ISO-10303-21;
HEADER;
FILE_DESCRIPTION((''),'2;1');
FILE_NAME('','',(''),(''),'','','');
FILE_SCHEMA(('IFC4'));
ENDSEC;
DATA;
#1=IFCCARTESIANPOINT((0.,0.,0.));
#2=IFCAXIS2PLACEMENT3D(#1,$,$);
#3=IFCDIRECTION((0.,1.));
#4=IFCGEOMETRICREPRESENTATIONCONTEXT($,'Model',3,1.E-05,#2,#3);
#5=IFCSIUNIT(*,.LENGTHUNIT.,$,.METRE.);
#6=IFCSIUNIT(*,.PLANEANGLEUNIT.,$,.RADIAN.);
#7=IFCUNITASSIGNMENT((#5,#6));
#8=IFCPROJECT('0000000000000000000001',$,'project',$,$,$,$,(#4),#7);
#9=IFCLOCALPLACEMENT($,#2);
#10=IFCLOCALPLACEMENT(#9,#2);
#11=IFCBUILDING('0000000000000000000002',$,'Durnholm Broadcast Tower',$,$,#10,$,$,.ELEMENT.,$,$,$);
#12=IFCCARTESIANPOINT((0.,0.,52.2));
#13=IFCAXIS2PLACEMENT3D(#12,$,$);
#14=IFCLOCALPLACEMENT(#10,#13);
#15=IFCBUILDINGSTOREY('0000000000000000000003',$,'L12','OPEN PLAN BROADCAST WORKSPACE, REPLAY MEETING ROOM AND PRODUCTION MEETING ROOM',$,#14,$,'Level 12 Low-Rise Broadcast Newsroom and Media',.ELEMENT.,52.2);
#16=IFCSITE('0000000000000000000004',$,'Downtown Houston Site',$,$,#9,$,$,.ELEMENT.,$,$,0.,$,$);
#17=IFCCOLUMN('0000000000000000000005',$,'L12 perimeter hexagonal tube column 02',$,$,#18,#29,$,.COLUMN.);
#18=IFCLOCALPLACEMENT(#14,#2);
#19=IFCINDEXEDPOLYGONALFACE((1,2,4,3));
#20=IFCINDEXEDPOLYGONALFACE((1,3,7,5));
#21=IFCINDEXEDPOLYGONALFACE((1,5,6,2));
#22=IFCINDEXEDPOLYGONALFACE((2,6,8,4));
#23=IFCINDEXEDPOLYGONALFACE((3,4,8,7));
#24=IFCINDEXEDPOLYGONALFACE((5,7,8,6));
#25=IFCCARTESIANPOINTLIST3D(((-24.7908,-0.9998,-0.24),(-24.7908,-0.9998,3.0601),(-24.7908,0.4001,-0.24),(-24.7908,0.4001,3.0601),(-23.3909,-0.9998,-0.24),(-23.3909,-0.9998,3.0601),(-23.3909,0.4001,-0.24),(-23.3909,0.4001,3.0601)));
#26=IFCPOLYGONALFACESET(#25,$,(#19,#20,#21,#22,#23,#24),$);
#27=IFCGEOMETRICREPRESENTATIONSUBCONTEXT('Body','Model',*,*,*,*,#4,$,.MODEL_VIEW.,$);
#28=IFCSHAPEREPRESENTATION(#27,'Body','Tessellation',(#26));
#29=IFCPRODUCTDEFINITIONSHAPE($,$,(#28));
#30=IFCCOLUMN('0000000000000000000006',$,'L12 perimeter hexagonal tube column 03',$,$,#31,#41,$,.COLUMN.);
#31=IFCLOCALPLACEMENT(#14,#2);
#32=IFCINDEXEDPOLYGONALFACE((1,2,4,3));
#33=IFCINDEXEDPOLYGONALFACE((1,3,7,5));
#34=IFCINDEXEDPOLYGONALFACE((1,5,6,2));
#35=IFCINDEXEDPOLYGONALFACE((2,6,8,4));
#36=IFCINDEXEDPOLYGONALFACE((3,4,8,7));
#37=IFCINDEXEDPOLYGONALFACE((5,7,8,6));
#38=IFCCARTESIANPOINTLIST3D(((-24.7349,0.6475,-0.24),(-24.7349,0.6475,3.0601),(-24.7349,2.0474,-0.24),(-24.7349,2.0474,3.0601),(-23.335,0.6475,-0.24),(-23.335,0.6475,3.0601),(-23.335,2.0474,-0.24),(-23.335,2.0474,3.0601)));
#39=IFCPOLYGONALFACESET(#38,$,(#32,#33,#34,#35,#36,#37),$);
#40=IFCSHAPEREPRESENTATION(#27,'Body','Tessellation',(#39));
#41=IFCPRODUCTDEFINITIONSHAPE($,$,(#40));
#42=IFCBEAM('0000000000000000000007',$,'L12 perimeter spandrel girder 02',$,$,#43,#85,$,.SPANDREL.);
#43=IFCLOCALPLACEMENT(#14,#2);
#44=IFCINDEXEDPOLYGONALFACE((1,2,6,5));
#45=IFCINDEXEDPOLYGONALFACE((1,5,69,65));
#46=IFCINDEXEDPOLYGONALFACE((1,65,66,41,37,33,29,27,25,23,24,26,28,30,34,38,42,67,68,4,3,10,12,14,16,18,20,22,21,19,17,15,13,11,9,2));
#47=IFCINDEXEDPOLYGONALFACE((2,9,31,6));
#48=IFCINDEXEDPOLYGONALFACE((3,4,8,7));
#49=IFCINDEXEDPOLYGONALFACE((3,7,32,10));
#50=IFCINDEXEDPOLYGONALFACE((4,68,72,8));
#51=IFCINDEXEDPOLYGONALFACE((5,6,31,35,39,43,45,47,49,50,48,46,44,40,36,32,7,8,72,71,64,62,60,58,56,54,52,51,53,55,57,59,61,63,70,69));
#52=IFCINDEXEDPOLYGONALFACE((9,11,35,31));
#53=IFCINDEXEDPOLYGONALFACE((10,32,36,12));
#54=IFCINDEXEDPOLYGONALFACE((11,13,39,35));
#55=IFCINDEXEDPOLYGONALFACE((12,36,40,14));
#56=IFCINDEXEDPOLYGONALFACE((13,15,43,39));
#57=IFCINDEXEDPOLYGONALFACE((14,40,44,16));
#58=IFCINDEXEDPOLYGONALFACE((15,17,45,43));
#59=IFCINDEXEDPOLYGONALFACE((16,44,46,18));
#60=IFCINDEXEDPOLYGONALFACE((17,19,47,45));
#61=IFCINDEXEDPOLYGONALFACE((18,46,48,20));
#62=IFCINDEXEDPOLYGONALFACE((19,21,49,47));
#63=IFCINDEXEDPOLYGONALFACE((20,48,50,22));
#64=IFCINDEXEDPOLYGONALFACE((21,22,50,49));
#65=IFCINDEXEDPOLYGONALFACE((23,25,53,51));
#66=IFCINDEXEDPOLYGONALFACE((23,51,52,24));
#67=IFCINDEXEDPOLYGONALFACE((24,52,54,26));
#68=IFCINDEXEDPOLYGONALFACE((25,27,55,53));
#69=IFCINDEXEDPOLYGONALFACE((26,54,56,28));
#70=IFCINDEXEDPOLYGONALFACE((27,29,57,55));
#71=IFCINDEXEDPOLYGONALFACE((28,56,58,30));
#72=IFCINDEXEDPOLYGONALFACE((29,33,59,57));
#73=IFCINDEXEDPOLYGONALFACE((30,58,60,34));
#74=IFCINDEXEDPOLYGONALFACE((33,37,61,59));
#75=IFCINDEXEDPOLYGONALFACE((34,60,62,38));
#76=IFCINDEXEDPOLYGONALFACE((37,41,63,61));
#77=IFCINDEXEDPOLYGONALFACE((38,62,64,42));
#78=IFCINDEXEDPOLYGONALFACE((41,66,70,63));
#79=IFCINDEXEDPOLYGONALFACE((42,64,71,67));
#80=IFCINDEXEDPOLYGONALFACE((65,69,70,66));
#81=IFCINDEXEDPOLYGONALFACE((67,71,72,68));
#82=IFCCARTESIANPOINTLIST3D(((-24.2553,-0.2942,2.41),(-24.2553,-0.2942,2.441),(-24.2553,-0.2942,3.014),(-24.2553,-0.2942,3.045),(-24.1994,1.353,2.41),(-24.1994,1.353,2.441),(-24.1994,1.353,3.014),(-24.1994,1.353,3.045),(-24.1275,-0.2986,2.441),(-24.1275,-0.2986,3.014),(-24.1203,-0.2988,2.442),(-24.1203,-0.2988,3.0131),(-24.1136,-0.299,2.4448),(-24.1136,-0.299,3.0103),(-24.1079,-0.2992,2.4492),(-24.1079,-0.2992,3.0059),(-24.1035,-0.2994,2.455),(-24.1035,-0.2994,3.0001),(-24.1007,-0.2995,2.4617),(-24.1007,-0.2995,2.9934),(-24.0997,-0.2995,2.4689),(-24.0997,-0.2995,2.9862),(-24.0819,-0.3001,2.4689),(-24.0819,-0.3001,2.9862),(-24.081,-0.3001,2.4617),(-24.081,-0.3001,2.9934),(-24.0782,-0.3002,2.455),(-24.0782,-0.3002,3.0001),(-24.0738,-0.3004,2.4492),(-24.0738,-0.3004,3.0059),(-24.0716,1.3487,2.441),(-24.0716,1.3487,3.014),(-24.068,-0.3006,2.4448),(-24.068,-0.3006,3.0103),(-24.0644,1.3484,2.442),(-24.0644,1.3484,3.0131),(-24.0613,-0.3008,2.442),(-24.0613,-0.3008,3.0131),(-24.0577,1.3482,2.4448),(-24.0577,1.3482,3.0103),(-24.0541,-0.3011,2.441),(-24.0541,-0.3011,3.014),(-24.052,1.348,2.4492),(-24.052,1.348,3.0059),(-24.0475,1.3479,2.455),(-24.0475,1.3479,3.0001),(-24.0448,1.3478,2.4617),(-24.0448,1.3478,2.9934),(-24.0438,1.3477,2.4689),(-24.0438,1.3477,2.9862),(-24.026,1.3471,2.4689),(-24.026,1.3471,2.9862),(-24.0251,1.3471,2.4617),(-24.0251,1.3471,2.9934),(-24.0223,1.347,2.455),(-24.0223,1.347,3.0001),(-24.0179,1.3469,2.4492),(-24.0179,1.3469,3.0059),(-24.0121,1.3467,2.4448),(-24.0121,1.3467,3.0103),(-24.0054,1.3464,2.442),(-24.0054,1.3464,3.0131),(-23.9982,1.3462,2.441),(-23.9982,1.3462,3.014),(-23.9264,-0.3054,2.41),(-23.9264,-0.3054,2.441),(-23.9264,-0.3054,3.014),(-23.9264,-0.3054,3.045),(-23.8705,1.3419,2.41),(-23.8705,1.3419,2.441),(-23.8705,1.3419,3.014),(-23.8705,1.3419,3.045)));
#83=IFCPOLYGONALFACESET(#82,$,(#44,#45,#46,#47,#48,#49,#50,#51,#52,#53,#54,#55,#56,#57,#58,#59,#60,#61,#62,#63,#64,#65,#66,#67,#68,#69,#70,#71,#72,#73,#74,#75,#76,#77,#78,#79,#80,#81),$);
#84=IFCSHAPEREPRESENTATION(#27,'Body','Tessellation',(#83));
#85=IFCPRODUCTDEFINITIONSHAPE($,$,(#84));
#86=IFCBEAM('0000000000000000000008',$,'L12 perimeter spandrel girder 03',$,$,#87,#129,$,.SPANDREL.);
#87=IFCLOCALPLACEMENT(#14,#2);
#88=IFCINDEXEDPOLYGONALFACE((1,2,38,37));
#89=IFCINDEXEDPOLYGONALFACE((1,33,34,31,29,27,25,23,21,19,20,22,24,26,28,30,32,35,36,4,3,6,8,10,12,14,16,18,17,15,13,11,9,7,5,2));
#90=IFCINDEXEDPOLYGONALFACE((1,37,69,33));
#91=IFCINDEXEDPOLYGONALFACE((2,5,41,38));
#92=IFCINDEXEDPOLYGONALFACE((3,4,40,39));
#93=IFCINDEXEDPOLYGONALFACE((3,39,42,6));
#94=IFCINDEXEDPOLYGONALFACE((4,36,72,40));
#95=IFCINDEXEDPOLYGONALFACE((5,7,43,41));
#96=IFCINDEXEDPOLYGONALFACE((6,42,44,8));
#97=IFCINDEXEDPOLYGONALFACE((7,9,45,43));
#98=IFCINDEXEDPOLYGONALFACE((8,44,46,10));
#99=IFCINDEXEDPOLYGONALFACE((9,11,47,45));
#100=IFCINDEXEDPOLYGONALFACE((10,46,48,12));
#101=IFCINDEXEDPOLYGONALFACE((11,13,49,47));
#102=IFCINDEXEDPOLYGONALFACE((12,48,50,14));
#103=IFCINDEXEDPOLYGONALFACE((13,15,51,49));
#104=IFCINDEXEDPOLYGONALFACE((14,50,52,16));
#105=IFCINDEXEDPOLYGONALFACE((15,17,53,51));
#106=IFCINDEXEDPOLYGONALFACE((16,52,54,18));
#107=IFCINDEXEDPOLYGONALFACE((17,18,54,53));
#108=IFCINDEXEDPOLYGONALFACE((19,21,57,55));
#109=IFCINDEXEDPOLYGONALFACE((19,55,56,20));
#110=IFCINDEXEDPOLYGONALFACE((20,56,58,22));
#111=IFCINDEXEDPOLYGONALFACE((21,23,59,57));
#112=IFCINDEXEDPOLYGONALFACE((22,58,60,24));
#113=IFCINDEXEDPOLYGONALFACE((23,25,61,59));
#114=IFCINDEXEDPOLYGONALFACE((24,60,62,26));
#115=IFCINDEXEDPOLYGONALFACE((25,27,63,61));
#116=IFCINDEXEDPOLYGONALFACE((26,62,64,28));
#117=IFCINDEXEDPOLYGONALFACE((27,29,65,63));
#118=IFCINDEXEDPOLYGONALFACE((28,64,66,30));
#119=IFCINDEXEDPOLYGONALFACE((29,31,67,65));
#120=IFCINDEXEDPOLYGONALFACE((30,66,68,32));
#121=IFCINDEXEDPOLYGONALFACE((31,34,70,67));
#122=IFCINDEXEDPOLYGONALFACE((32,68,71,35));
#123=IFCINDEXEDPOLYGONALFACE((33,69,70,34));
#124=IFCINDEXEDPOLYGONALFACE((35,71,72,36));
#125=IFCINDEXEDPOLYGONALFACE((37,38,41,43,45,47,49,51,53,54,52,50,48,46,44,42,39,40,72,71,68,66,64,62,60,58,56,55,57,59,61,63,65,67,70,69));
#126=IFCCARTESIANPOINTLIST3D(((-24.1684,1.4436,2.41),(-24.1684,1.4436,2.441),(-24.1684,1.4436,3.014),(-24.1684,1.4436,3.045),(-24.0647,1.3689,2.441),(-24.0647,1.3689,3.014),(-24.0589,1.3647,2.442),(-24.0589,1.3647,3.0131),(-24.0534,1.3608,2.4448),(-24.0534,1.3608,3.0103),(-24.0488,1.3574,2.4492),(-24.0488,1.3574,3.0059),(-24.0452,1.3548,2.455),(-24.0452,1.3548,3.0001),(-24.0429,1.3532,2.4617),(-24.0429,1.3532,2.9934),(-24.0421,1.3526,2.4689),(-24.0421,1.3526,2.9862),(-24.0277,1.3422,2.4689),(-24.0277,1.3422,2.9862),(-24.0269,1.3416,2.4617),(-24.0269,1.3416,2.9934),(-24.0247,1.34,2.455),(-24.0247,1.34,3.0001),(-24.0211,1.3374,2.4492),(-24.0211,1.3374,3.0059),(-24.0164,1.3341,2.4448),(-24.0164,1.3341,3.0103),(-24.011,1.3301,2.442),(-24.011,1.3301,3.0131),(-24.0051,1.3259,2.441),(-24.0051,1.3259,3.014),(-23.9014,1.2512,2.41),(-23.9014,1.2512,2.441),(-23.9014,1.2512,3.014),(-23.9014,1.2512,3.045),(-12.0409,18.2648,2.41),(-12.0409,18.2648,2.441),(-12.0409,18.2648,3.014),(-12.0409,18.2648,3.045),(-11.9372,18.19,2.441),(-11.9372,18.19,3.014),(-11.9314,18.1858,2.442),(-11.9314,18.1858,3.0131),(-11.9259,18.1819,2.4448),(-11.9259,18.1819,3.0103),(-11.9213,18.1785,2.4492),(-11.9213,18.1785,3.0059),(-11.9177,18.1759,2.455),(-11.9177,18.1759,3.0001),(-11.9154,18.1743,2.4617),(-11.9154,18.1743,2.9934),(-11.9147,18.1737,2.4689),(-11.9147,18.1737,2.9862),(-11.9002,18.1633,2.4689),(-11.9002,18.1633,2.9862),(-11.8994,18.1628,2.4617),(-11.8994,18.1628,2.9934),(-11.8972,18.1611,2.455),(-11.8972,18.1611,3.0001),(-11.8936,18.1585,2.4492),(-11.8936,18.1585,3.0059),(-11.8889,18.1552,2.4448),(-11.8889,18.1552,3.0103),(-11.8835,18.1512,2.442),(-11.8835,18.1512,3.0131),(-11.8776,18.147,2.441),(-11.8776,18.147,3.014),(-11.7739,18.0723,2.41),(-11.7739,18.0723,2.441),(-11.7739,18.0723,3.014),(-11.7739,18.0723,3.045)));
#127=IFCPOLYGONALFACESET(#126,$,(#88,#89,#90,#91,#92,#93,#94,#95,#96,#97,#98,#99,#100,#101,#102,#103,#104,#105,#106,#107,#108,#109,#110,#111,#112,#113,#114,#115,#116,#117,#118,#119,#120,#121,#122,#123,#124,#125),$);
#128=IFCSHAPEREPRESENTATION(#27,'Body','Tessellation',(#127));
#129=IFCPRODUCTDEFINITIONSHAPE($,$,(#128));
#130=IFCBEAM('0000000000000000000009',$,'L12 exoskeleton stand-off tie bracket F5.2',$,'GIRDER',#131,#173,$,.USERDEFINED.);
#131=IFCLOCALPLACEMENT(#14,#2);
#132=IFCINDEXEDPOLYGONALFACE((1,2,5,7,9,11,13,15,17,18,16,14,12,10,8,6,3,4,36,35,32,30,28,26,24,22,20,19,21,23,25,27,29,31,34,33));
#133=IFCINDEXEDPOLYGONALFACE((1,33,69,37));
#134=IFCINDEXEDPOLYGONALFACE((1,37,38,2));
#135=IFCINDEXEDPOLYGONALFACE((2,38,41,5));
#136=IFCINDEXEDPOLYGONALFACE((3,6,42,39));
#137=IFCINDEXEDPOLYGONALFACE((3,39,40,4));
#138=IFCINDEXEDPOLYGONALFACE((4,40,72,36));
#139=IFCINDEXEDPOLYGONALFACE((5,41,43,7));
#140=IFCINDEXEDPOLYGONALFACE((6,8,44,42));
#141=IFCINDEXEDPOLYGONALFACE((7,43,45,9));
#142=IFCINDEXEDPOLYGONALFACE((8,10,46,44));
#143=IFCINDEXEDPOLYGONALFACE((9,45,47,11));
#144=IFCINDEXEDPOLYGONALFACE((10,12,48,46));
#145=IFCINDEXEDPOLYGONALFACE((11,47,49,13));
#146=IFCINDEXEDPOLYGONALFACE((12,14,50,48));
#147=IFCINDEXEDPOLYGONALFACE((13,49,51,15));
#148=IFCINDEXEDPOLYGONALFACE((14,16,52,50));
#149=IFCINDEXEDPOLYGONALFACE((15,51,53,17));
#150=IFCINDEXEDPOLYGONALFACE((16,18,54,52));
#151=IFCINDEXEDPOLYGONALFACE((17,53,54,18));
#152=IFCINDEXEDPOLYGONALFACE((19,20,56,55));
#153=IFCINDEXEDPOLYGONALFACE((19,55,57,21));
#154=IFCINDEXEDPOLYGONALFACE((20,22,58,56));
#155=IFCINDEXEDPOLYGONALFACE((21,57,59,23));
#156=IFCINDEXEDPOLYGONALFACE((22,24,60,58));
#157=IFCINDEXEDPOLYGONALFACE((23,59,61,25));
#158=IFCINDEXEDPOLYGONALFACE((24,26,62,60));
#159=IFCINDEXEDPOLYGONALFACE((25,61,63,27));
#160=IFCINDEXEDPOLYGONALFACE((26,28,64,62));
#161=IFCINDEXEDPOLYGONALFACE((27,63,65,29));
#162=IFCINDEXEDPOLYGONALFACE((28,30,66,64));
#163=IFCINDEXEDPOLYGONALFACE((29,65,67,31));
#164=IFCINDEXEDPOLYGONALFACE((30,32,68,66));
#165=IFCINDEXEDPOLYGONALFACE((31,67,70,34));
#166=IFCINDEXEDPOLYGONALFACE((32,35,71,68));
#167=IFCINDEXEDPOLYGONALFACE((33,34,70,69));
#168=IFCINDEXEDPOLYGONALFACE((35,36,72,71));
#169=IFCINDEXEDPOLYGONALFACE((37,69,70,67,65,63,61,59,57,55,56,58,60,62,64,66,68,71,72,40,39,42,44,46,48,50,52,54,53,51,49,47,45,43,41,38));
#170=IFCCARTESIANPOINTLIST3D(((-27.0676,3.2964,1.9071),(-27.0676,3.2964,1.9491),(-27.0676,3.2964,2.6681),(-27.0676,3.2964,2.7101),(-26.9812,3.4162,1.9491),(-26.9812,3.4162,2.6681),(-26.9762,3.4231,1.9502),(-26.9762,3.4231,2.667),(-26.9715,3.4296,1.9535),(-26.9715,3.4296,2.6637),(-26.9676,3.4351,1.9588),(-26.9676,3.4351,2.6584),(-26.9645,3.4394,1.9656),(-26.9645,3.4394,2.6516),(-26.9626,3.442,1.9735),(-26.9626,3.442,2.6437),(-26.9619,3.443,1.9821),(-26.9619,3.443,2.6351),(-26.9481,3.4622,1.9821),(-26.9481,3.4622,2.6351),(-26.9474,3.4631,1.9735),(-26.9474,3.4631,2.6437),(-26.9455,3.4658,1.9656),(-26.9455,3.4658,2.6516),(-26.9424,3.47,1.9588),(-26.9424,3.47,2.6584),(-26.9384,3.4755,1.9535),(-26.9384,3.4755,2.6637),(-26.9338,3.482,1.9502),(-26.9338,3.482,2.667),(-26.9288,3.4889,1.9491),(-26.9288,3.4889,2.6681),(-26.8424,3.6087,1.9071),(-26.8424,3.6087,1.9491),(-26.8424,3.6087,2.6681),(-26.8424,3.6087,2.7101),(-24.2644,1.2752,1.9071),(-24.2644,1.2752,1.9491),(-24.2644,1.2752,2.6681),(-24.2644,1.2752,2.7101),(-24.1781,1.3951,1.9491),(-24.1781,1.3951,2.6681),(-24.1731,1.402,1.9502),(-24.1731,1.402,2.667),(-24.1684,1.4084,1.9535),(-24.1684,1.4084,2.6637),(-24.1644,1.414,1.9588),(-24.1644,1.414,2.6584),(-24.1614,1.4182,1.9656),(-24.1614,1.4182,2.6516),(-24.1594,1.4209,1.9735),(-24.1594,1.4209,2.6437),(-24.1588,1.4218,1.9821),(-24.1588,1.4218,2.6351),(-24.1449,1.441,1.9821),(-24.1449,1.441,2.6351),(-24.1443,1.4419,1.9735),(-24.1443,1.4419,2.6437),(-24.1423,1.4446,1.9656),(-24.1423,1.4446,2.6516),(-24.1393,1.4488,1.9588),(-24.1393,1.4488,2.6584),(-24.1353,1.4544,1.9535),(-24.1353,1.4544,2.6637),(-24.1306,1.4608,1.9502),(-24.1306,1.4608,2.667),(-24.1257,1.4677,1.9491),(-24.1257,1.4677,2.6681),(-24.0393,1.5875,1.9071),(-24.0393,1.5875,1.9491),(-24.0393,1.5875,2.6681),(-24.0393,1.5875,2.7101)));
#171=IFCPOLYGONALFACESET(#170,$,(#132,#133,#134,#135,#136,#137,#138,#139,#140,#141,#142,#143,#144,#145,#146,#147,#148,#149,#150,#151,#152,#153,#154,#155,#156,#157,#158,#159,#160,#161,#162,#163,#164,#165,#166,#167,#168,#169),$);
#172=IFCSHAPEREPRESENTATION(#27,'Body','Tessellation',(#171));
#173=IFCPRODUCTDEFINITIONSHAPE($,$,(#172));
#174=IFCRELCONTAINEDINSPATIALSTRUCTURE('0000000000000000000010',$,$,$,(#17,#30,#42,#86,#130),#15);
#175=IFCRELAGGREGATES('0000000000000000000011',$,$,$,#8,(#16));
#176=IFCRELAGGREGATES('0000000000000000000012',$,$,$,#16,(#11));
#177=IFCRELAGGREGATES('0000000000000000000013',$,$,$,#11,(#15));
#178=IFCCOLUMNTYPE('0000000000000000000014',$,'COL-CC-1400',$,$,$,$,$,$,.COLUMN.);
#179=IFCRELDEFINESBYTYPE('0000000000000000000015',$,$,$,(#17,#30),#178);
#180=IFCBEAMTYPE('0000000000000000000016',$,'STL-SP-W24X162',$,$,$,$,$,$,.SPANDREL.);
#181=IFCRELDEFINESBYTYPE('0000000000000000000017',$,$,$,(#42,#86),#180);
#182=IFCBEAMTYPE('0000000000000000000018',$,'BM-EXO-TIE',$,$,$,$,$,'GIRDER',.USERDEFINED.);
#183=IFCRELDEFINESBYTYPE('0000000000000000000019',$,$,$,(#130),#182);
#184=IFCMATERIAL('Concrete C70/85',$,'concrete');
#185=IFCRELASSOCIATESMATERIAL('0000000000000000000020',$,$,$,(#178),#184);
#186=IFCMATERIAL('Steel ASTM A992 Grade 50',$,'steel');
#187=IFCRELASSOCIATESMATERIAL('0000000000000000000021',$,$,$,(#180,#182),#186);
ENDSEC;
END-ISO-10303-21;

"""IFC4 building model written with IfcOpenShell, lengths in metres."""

from ifc_helpers import new_model, si_unit, direction, frame, origin, origin_2d, place, context, subcontext, project, spatial, rectangle, i_section, extrude, source, transform, mapped, material, material_profile, profile_set, type_object, type_shapes, element, save


model = new_model("IFC4")

# Units and contexts
model_context = context("Model", 3, precision=1e-05, world=origin(), true_north=direction((0.0, 1.0)))
body_context = subcontext(model_context, "Body", "Model", "MODEL_VIEW")
ifc_project = project(units=[si_unit("LENGTHUNIT", "METRE"), si_unit("PLANEANGLEUNIT", "RADIAN")], contexts=[model_context])

# Site, building, storey
site_placement = place(None, origin())
site = spatial("IfcSite", under=ifc_project, at=site_placement, Name="Downtown Houston Site", CompositionType="ELEMENT", RefElevation=0.0)
building_placement = place(site_placement, origin())
building = spatial("IfcBuilding", under=site, at=building_placement, Name="Durnholm Broadcast Tower", CompositionType="ELEMENT")
storey_placement = place(building_placement, frame((0.0, 0.0, 52.2)))
storey = spatial("IfcBuildingStorey", under=building, at=storey_placement, Name="L12", Description="OPEN PLAN BROADCAST WORKSPACE, REPLAY MEETING ROOM AND PRODUCTION MEETING ROOM", LongName="Level 12 Low-Rise Broadcast Newsroom and Media", CompositionType="ELEMENT", Elevation=52.2)

# Columns
ifc_material_1 = material(Name="Concrete C70/85", Category="concrete")
ifc_material_profile_1 = material_profile(ifc_material_1, rectangle(XDim=1.3999, YDim=1.3999, at=origin_2d()), Name="RC1400X1400")
ifc_profile_set_1 = profile_set([ifc_material_profile_1], Name="Concrete C70/85")
column_type = type_object("IfcColumnType", Name="COL-CC-1400", PredefinedType="COLUMN", material=ifc_profile_set_1)
shared_shape_1 = source(origin(), body_context, "Body", "SweptSolid", [
    extrude(rectangle(XDim=1.3999, YDim=1.3999, at=origin_2d()), origin(), (0.0, 0.0, 1.0), 3.3),
])
type_shapes(column_type, [shared_shape_1])
for number, where, z_axis, x_axis, name in (
    (1, (-24.0908, -0.2998, -0.24), (0.0, 0.0, 1.0), (1.0, 0.0, 0.0), "L12 perimeter hexagonal tube column 02"),
    (2, (-24.0349, 1.3474, -0.24), (0.0, 0.0, 1.0), (1.0, 0.0, 0.0), "L12 perimeter hexagonal tube column 03"),
):
    element("IfcColumn", number, at=place(storey_placement, frame(where, z_axis=z_axis, x_axis=x_axis)), inside=storey, type_object=column_type, Name=name, PredefinedType="COLUMN", context=body_context, shape_type="MappedRepresentation", body=[
        mapped(shared_shape_1, transform((0.0, 0.0, 0.0), x_axis=(1.0, 0.0, 0.0), y_axis=(0.0, 1.0, 0.0), z_axis=(0.0, 0.0, 1.0), scale=1.0)),
    ])

# Beams
ifc_material_2 = material(Name="Steel ASTM A992 Grade 50", Category="steel")
ifc_material_profile_2 = material_profile(ifc_material_2, i_section(OverallWidth=0.3291, OverallDepth=0.635, WebThickness=0.0178, FlangeThickness=0.031, FilletRadius=0.0278, at=origin_2d()), Name="W24X162")
ifc_profile_set_2 = profile_set([ifc_material_profile_2], Name="Steel ASTM A992 Grade 50")
beam_type_1 = type_object("IfcBeamType", Name="STL-SP-W24X162", PredefinedType="SPANDREL", material=ifc_profile_set_2)
shared_shape_2 = source(origin(), body_context, "Body", "SweptSolid", [
    extrude(i_section(OverallWidth=0.3291, OverallDepth=0.635, WebThickness=0.0178, FlangeThickness=0.031, FilletRadius=0.0278, at=origin_2d()), origin(), (0.0, 0.0, 1.0), 1.6482),
])
beam_1_placement = place(storey_placement, frame((-24.0908, -0.2998, 2.7275), z_axis=(0.033921, 0.999425, 0.0), x_axis=(-0.999425, 0.033921, 0.0)))
element("IfcBeam", 3, at=beam_1_placement, inside=storey, type_object=beam_type_1, Name="L12 perimeter spandrel girder 02", PredefinedType="SPANDREL", context=body_context, shape_type="MappedRepresentation", body=[
    mapped(shared_shape_2, transform((0.0, 0.0, 0.0), x_axis=(1.0, 0.0, 0.0), y_axis=(0.0, 1.0, 0.0), z_axis=(0.0, 0.0, 1.0), scale=1.0)),
])
shared_shape_3 = source(origin(), body_context, "Body", "SweptSolid", [
    extrude(i_section(OverallWidth=0.3291, OverallDepth=0.635, WebThickness=0.0178, FlangeThickness=0.031, FilletRadius=0.0278, at=origin_2d()), origin(), (0.0, 0.0, 1.0), 20.7371),
])
type_shapes(beam_type_1, [shared_shape_2, shared_shape_3])
beam_2_placement = place(storey_placement, frame((-24.0349, 1.3474, 2.7275), z_axis=(0.584822, 0.811162, 0.0), x_axis=(-0.811162, 0.584822, 0.0)))
element("IfcBeam", 4, at=beam_2_placement, inside=storey, type_object=beam_type_1, Name="L12 perimeter spandrel girder 03", PredefinedType="SPANDREL", context=body_context, shape_type="MappedRepresentation", body=[
    mapped(shared_shape_3, transform((0.0, 0.0, 0.0), x_axis=(1.0, 0.0, 0.0), y_axis=(0.0, 1.0, 0.0), z_axis=(0.0, 0.0, 1.0), scale=1.0)),
])
ifc_material_profile_3 = material_profile(ifc_material_2, i_section(OverallWidth=0.385, OverallDepth=0.803, WebThickness=0.0237, FlangeThickness=0.042, FilletRadius=0.033, at=origin_2d()), Name="W30X261")
ifc_profile_set_3 = profile_set([ifc_material_profile_3], Name="Steel ASTM A992 Grade 50")
beam_type_2 = type_object("IfcBeamType", Name="BM-EXO-TIE", ElementType="GIRDER", PredefinedType="USERDEFINED", material=ifc_profile_set_3)
shared_shape_4 = source(origin(), body_context, "Body", "SweptSolid", [
    extrude(i_section(OverallWidth=0.385, OverallDepth=0.803, WebThickness=0.0237, FlangeThickness=0.042, FilletRadius=0.033, at=origin_2d()), origin(), (0.0, 0.0, 1.0), 3.4558),
])
type_shapes(beam_type_2, [shared_shape_4])
beam_3_placement = place(storey_placement, frame((-24.1519, 1.4314, 2.3086), z_axis=(-0.811134, 0.584861, 0.0), x_axis=(-0.584861, -0.811134, 0.0)))
element("IfcBeam", 5, at=beam_3_placement, inside=storey, type_object=beam_type_2, Name="L12 exoskeleton stand-off tie bracket F5.2", ObjectType="GIRDER", PredefinedType="USERDEFINED", context=body_context, shape_type="MappedRepresentation", body=[
    mapped(shared_shape_4, transform((0.0, 0.0, 0.0), x_axis=(1.0, 0.0, 0.0), y_axis=(0.0, 1.0, 0.0), z_axis=(0.0, 0.0, 1.0), scale=1.0)),
])

save(model, "model.ifc")
